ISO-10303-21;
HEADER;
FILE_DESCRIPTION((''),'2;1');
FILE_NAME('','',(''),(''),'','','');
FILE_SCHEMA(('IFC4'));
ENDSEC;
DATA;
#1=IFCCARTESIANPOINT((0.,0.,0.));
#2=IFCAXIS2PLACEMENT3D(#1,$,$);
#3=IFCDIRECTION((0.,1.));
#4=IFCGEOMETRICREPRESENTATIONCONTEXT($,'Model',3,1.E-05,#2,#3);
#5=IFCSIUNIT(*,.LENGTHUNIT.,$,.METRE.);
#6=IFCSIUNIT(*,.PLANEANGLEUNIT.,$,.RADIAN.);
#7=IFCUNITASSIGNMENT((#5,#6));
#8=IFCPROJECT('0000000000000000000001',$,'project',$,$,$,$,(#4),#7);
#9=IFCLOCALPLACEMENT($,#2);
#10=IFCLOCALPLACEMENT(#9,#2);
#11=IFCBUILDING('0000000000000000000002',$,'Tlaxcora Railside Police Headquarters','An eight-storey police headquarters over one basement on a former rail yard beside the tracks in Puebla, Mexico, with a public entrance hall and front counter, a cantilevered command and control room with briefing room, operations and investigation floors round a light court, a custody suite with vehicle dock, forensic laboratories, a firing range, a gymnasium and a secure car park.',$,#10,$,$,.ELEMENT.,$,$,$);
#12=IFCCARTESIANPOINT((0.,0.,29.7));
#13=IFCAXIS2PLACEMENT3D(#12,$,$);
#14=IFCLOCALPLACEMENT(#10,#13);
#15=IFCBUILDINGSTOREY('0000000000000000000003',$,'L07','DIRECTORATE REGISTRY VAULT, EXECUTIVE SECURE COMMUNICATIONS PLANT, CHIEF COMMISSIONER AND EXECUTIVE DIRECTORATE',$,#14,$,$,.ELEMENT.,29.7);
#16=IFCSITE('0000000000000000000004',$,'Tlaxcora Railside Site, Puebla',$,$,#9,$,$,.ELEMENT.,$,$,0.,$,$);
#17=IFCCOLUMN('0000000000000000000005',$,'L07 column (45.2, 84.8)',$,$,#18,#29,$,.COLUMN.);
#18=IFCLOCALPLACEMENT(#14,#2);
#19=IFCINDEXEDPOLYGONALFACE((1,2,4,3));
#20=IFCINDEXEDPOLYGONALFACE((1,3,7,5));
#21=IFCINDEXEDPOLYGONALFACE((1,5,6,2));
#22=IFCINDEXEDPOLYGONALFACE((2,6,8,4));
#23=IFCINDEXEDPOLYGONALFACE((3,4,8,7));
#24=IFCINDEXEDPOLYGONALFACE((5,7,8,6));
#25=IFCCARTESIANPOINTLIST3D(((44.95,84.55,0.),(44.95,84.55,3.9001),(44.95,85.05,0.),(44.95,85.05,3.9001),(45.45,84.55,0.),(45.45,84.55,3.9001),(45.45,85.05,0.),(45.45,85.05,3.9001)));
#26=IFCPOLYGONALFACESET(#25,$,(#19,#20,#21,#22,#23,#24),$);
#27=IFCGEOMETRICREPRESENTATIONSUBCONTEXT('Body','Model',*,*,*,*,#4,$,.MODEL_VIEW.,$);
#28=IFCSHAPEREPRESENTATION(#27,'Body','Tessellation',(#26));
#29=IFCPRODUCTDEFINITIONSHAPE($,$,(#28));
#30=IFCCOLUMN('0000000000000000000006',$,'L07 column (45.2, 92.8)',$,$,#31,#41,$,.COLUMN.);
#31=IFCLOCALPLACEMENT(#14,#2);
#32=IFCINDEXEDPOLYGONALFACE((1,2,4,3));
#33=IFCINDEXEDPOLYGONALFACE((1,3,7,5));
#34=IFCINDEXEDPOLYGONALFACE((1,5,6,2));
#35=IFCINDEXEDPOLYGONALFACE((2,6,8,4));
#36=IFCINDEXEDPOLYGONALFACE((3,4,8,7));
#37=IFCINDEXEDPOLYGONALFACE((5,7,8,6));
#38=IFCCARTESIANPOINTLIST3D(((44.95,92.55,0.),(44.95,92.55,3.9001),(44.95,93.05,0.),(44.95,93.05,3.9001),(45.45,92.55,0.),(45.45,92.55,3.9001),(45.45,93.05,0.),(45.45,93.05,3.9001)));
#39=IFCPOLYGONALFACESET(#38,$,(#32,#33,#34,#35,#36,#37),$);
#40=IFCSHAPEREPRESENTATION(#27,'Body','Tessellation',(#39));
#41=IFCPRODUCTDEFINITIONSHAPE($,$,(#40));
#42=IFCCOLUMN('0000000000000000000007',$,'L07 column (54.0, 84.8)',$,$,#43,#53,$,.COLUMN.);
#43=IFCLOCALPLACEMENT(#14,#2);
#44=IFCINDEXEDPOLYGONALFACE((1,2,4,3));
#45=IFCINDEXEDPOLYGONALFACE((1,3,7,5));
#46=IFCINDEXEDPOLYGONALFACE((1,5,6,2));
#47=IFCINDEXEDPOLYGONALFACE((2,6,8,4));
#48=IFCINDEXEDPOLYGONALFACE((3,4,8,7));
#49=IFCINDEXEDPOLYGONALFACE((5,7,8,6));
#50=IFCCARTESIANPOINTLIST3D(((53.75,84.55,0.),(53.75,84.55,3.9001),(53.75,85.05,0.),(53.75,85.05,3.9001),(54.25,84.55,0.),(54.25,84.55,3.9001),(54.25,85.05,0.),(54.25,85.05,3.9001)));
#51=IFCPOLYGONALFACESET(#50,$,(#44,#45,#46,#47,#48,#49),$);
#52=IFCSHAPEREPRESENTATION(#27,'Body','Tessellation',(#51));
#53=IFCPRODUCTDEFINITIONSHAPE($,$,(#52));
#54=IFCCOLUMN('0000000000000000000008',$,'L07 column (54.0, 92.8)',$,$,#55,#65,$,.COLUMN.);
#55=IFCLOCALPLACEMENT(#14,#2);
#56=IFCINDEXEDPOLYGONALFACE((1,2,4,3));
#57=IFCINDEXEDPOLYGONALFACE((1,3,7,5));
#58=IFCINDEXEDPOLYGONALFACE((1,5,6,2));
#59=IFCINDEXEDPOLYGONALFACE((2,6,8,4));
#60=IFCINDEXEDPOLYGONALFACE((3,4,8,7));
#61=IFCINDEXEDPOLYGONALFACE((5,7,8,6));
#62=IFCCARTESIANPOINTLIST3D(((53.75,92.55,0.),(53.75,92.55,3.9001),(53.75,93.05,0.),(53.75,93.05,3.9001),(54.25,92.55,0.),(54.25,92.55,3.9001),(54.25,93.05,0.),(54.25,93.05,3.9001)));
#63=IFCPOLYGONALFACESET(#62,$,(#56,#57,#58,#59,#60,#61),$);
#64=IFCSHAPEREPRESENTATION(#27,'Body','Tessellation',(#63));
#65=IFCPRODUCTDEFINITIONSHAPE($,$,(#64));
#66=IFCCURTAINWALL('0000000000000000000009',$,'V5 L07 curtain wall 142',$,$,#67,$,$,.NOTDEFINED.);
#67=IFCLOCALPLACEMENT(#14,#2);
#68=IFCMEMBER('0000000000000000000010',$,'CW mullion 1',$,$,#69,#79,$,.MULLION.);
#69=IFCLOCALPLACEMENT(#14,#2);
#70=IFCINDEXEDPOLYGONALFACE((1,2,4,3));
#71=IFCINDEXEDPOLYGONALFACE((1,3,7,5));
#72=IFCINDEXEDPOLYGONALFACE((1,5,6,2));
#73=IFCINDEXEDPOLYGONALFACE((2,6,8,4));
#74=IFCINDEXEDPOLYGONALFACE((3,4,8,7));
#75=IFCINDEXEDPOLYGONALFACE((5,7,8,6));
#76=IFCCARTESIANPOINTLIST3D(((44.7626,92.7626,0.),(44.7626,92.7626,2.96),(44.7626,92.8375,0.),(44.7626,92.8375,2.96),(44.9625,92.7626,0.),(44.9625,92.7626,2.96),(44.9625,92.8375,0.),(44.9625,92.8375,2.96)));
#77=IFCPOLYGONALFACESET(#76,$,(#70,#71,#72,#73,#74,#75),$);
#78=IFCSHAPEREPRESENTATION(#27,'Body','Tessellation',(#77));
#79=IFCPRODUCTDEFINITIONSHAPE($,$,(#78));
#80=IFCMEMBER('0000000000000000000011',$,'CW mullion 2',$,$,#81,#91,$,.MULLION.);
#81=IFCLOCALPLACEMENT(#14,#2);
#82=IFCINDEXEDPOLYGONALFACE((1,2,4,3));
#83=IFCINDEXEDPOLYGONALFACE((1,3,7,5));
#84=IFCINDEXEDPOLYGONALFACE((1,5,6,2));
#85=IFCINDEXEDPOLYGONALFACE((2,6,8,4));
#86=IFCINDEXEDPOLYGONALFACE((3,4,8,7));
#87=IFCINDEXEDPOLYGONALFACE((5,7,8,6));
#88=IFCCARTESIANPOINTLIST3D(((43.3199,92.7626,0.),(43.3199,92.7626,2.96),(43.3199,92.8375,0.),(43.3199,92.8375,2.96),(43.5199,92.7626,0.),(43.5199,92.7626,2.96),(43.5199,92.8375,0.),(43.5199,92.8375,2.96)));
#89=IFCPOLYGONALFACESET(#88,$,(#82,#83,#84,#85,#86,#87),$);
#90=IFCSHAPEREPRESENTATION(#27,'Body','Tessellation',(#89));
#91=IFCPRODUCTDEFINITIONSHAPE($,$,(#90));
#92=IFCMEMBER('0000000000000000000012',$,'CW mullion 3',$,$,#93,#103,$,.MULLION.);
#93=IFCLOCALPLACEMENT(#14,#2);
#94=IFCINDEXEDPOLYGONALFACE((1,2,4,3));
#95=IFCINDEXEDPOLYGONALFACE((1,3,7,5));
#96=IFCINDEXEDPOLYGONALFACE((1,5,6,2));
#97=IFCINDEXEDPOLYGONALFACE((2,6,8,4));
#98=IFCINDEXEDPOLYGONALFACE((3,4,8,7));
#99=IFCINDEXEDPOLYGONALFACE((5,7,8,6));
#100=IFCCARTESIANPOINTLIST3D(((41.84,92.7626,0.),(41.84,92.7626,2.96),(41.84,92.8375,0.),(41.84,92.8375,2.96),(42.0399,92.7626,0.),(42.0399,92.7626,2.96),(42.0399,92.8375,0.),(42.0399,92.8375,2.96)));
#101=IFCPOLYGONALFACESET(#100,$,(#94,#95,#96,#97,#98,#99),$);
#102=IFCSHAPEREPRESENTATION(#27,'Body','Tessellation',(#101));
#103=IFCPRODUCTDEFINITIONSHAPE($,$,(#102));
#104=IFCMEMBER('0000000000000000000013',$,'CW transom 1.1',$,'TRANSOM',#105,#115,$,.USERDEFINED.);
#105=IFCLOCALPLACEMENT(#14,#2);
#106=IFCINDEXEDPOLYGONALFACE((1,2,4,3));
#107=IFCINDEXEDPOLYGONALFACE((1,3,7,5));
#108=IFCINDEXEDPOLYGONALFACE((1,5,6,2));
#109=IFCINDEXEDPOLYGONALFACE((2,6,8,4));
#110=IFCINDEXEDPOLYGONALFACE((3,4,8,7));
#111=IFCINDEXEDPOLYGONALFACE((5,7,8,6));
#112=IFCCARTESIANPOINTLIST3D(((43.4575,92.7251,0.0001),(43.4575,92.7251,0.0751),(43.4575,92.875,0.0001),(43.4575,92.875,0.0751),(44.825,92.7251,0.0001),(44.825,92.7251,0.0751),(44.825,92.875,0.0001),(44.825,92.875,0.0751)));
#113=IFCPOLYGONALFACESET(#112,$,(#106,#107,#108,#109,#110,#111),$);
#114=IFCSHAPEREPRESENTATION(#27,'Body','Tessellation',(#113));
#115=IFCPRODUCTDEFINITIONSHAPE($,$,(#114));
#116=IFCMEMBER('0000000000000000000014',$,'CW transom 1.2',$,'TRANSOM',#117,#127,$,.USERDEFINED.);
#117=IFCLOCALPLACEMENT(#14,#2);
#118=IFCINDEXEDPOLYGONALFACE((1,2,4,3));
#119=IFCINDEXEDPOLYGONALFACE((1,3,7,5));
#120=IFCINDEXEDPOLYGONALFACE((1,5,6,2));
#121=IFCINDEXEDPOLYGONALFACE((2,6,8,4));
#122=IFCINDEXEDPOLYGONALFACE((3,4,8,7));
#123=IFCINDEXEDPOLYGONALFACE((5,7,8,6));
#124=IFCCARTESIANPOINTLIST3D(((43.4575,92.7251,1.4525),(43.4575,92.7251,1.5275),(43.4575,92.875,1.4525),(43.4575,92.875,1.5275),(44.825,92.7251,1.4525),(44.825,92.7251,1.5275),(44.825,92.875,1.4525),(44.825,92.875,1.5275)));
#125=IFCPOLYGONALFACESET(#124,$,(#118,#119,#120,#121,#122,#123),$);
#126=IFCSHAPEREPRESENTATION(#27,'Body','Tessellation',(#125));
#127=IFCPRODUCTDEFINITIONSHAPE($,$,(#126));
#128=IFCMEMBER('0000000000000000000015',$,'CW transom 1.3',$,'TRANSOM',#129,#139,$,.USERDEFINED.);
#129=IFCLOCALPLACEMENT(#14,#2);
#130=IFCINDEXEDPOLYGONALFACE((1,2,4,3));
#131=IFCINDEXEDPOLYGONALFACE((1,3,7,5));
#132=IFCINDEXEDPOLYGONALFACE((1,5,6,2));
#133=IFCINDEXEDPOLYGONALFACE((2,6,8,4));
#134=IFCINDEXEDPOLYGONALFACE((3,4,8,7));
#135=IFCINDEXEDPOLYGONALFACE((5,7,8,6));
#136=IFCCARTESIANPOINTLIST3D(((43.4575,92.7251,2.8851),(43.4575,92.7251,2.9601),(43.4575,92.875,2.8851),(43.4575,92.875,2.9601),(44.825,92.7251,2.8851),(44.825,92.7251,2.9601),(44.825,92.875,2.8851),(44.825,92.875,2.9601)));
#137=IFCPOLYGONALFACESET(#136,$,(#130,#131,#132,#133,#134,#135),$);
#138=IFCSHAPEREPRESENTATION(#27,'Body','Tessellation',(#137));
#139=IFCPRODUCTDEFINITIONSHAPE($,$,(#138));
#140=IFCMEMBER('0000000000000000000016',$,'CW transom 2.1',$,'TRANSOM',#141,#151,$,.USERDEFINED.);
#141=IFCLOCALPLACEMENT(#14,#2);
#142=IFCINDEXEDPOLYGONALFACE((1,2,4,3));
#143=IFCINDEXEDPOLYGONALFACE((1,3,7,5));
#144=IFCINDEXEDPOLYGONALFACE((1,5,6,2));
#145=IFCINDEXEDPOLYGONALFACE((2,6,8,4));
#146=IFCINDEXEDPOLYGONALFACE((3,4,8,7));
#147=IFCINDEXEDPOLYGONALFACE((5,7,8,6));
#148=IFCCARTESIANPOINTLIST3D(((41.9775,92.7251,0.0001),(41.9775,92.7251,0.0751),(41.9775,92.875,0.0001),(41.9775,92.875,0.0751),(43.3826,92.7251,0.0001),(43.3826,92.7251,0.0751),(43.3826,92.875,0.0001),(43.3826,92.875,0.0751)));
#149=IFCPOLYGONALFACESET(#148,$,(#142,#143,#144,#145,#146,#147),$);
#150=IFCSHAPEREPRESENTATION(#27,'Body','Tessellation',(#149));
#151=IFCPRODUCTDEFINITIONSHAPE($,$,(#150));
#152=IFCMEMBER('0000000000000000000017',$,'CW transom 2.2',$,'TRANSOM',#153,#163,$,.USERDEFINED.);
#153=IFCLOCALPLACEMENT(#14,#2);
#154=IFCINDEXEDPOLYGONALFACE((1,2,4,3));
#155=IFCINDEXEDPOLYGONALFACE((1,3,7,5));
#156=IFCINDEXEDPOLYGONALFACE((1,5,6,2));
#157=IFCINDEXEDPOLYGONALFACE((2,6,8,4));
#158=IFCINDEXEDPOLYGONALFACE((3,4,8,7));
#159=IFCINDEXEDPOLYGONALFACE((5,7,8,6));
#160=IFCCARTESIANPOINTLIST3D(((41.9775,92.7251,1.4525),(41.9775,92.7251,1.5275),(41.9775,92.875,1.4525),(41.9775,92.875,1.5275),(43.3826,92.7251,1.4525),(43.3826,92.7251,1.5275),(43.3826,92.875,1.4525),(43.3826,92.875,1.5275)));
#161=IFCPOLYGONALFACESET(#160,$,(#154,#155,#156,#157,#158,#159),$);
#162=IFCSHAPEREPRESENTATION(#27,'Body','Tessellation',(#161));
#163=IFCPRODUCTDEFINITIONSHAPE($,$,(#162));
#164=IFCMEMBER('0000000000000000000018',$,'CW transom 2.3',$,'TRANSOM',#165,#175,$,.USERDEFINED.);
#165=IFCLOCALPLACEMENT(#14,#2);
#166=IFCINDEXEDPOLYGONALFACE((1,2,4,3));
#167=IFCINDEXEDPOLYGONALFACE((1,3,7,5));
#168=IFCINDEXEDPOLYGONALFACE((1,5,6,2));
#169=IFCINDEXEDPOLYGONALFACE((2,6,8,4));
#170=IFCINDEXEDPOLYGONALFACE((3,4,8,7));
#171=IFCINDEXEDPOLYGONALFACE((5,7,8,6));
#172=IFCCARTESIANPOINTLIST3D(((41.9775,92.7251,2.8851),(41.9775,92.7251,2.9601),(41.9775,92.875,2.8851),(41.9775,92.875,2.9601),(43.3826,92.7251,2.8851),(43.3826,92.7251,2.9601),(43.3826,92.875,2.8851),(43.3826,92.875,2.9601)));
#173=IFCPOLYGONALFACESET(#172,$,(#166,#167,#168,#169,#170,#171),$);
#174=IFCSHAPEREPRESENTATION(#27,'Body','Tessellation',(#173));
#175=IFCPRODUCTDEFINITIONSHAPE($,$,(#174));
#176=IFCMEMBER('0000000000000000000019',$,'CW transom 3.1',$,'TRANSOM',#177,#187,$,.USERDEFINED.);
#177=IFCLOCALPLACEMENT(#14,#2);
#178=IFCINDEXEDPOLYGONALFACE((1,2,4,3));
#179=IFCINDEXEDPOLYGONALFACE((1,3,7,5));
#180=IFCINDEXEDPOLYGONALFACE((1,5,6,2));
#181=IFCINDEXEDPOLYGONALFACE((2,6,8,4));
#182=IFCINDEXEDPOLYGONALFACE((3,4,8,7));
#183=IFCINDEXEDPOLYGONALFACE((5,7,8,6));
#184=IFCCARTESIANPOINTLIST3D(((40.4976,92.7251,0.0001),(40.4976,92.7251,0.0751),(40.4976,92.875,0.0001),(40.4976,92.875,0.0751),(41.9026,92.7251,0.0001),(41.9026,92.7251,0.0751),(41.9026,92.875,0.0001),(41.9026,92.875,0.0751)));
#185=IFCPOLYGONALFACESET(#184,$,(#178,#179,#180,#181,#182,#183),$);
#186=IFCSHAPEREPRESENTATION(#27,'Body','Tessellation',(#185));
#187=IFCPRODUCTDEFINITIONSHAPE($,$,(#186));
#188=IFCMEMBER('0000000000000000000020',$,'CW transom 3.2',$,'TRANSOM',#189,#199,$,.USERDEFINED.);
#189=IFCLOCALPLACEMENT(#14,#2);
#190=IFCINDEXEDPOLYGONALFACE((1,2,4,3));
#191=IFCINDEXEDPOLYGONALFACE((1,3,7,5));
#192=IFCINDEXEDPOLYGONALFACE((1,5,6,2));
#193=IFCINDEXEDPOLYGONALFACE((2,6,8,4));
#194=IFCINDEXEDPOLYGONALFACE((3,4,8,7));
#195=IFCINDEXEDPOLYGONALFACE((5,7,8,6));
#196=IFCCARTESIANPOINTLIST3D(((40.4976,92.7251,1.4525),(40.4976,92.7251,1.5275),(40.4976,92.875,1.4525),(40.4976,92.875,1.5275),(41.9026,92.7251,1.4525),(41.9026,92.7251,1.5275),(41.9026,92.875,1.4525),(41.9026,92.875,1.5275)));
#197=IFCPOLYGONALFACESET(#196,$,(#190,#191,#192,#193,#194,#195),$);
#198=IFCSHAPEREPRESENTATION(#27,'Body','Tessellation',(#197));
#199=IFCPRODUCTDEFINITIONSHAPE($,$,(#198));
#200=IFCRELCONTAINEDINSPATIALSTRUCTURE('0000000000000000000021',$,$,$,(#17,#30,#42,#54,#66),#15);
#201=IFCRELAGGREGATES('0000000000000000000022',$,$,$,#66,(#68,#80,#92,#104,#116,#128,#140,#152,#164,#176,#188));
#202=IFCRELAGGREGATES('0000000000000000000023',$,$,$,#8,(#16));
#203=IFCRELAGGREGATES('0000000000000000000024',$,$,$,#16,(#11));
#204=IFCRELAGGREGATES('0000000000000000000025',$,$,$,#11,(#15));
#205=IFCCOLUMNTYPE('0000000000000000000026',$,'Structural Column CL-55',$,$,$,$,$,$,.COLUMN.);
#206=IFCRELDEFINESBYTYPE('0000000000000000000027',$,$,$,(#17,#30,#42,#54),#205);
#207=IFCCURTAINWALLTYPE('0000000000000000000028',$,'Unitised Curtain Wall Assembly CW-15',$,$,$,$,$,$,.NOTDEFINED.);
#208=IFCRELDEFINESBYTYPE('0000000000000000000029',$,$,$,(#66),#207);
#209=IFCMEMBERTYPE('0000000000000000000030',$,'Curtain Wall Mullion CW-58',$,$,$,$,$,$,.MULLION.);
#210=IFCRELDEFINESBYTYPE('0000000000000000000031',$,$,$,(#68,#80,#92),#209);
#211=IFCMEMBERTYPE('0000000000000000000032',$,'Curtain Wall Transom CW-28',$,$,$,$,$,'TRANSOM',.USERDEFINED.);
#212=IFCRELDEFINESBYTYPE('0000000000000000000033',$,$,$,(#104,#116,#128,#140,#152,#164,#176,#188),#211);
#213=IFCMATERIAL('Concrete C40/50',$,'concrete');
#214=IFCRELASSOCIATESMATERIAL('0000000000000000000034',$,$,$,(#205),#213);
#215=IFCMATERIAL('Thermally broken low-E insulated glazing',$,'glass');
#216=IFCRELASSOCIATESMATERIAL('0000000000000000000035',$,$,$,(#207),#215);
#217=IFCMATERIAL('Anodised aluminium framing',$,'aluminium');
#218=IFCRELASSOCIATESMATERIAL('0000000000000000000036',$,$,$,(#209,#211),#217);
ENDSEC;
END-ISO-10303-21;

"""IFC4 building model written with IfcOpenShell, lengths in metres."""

from ifc_helpers import new_model, si_unit, direction, frame, origin, origin_2d, place, context, subcontext, project, spatial, rectangle, extrude, material, material_profile, profile_set, type_object, element, aggregate, save


model = new_model("IFC4")

# Units and contexts
model_context = context("Model", 3, precision=1e-05, world=origin(), true_north=direction((0.0, 1.0)))
body_context = subcontext(model_context, "Body", "Model", "MODEL_VIEW")
ifc_project = project(units=[si_unit("LENGTHUNIT", "METRE"), si_unit("PLANEANGLEUNIT", "RADIAN")], contexts=[model_context])

# Site, building, storey
site_placement = place(None, origin())
site = spatial("IfcSite", under=ifc_project, at=site_placement, Name="Tlaxcora Railside Site, Puebla", CompositionType="ELEMENT", RefElevation=0.0)
building_placement = place(site_placement, origin())
building = spatial("IfcBuilding", under=site, at=building_placement, Name="Tlaxcora Railside Police Headquarters", Description="An eight-storey police headquarters over one basement on a former rail yard beside the tracks in Puebla, Mexico, with a public entrance hall and front counter, a cantilevered command and control room with briefing room, operations and investigation floors round a light court, a custody suite with vehicle dock, forensic laboratories, a firing range, a gymnasium and a secure car park.", CompositionType="ELEMENT")
storey_placement = place(building_placement, frame((0.0, 0.0, 29.7)))
storey = spatial("IfcBuildingStorey", under=building, at=storey_placement, Name="L07", Description="DIRECTORATE REGISTRY VAULT, EXECUTIVE SECURE COMMUNICATIONS PLANT, CHIEF COMMISSIONER AND EXECUTIVE DIRECTORATE", CompositionType="ELEMENT", Elevation=29.7)

# Columns
ifc_material_1 = material(Name="Concrete C40/50", Category="concrete")
ifc_material_profile_1 = material_profile(ifc_material_1, rectangle(XDim=0.5, YDim=0.5, at=origin_2d()), Name="RC500X500")
ifc_profile_set_1 = profile_set([ifc_material_profile_1], Name="Concrete C40/50")
column_type = type_object("IfcColumnType", Name="Structural Column CL-55", PredefinedType="COLUMN", material=ifc_profile_set_1)
for number, where, z_axis, x_axis, name in (
    (1, (45.2, 84.8, 0.0), (0.0, 0.0, 1.0), (1.0, 0.0, 0.0), "L07 column (45.2, 84.8)"),
    (2, (45.2, 92.8, 0.0), (0.0, 0.0, 1.0), (1.0, 0.0, 0.0), "L07 column (45.2, 92.8)"),
    (3, (54.0, 84.8, 0.0), (0.0, 0.0, 1.0), (1.0, 0.0, 0.0), "L07 column (54.0, 84.8)"),
    (4, (54.0, 92.8, 0.0), (0.0, 0.0, 1.0), (1.0, 0.0, 0.0), "L07 column (54.0, 92.8)"),
):
    element("IfcColumn", number, at=place(storey_placement, frame(where, z_axis=z_axis, x_axis=x_axis)), inside=storey, type_object=column_type, Name=name, PredefinedType="COLUMN", context=body_context, shape_type="SweptSolid", body=[
        extrude(rectangle(XDim=0.5, YDim=0.5, at=origin_2d()), origin(), (0.0, 0.0, 1.0), 3.9001),
    ])

# Curtain wall, members
ifc_material_2 = material(Name="Thermally broken low-E insulated glazing", Category="glass")
curtain_wall_type = type_object("IfcCurtainWallType", Name="Unitised Curtain Wall Assembly CW-15", PredefinedType="NOTDEFINED", material=ifc_material_2)
curtain_wall_placement = place(storey_placement, origin())
curtain_wall = element("IfcCurtainWall", 5, at=curtain_wall_placement, inside=storey, type_object=curtain_wall_type, Name="V5 L07 curtain wall 142", PredefinedType="NOTDEFINED")
ifc_material_3 = material(Name="Anodised aluminium framing", Category="aluminium")
ifc_material_profile_2 = material_profile(ifc_material_3, rectangle(XDim=0.075, YDim=0.2, at=origin_2d()), Name="AL75X200")
ifc_profile_set_2 = profile_set([ifc_material_profile_2], Name="Anodised aluminium framing")
member_type_1 = type_object("IfcMemberType", Name="Curtain Wall Mullion CW-58", PredefinedType="MULLION", material=ifc_profile_set_2)
member_1_placement = place(storey_placement, frame((44.8625, 92.8, 0.0), z_axis=(0.0, 0.0, 1.0), x_axis=(0.0, -1.0, 0.0)))
member_1 = element("IfcMember", 6, at=member_1_placement, type_object=member_type_1, Name="CW mullion 1", PredefinedType="MULLION", context=body_context, shape_type="SweptSolid", body=[
    extrude(rectangle(XDim=0.075, YDim=0.2, at=origin_2d()), origin(), (0.0, 0.0, 1.0), 2.96),
])
member_2_placement = place(storey_placement, frame((43.4199, 92.8, 0.0), z_axis=(0.0, 0.0, 1.0), x_axis=(0.0, -1.0, 0.0)))
member_2 = element("IfcMember", 7, at=member_2_placement, type_object=member_type_1, Name="CW mullion 2", PredefinedType="MULLION", context=body_context, shape_type="SweptSolid", body=[
    extrude(rectangle(XDim=0.075, YDim=0.2, at=origin_2d()), origin(), (0.0, 0.0, 1.0), 2.96),
])
member_3_placement = place(storey_placement, frame((41.9399, 92.8, 0.0), z_axis=(0.0, 0.0, 1.0), x_axis=(0.0, -1.0, 0.0)))
member_3 = element("IfcMember", 8, at=member_3_placement, type_object=member_type_1, Name="CW mullion 3", PredefinedType="MULLION", context=body_context, shape_type="SweptSolid", body=[
    extrude(rectangle(XDim=0.075, YDim=0.2, at=origin_2d()), origin(), (0.0, 0.0, 1.0), 2.96),
])
ifc_material_profile_3 = material_profile(ifc_material_3, rectangle(XDim=0.1499, YDim=0.075, at=origin_2d()), Name="AL75X150")
ifc_profile_set_3 = profile_set([ifc_material_profile_3], Name="Anodised aluminium framing")
member_type_2 = type_object("IfcMemberType", Name="Curtain Wall Transom CW-28", ElementType="TRANSOM", PredefinedType="USERDEFINED", material=ifc_profile_set_3)
member_4_placement = place(storey_placement, frame((44.825, 92.8, 0.0376), z_axis=(-1.0, 0.0, 0.0), x_axis=(0.0, -1.0, 0.0)))
member_4 = element("IfcMember", 9, at=member_4_placement, type_object=member_type_2, Name="CW transom 1.1", ObjectType="TRANSOM", PredefinedType="USERDEFINED", context=body_context, shape_type="SweptSolid", body=[
    extrude(rectangle(XDim=0.1499, YDim=0.075, at=origin_2d()), origin(), (0.0, 0.0, 1.0), 1.3674),
])
member_5_placement = place(storey_placement, frame((44.825, 92.8, 1.49), z_axis=(-1.0, 0.0, 0.0), x_axis=(0.0, -1.0, 0.0)))
member_5 = element("IfcMember", 10, at=member_5_placement, type_object=member_type_2, Name="CW transom 1.2", ObjectType="TRANSOM", PredefinedType="USERDEFINED", context=body_context, shape_type="SweptSolid", body=[
    extrude(rectangle(XDim=0.1499, YDim=0.075, at=origin_2d()), origin(), (0.0, 0.0, 1.0), 1.3674),
])
member_6_placement = place(storey_placement, frame((44.825, 92.8, 2.9226), z_axis=(-1.0, 0.0, 0.0), x_axis=(0.0, -1.0, 0.0)))
member_6 = element("IfcMember", 11, at=member_6_placement, type_object=member_type_2, Name="CW transom 1.3", ObjectType="TRANSOM", PredefinedType="USERDEFINED", context=body_context, shape_type="SweptSolid", body=[
    extrude(rectangle(XDim=0.1499, YDim=0.075, at=origin_2d()), origin(), (0.0, 0.0, 1.0), 1.3674),
])
member_7_placement = place(storey_placement, frame((43.3826, 92.8, 0.0376), z_axis=(-1.0, 0.0, 0.0), x_axis=(0.0, -1.0, 0.0)))
member_7 = element("IfcMember", 12, at=member_7_placement, type_object=member_type_2, Name="CW transom 2.1", ObjectType="TRANSOM", PredefinedType="USERDEFINED", context=body_context, shape_type="SweptSolid", body=[
    extrude(rectangle(XDim=0.1499, YDim=0.075, at=origin_2d()), origin(), (0.0, 0.0, 1.0), 1.405),
])
member_8_placement = place(storey_placement, frame((43.3826, 92.8, 1.49), z_axis=(-1.0, 0.0, 0.0), x_axis=(0.0, -1.0, 0.0)))
member_8 = element("IfcMember", 13, at=member_8_placement, type_object=member_type_2, Name="CW transom 2.2", ObjectType="TRANSOM", PredefinedType="USERDEFINED", context=body_context, shape_type="SweptSolid", body=[
    extrude(rectangle(XDim=0.1499, YDim=0.075, at=origin_2d()), origin(), (0.0, 0.0, 1.0), 1.405),
])
member_9_placement = place(storey_placement, frame((43.3826, 92.8, 2.9226), z_axis=(-1.0, 0.0, 0.0), x_axis=(0.0, -1.0, 0.0)))
member_9 = element("IfcMember", 14, at=member_9_placement, type_object=member_type_2, Name="CW transom 2.3", ObjectType="TRANSOM", PredefinedType="USERDEFINED", context=body_context, shape_type="SweptSolid", body=[
    extrude(rectangle(XDim=0.1499, YDim=0.075, at=origin_2d()), origin(), (0.0, 0.0, 1.0), 1.405),
])
member_10_placement = place(storey_placement, frame((41.9026, 92.8, 0.0376), z_axis=(-1.0, 0.0, 0.0), x_axis=(0.0, -1.0, 0.0)))
member_10 = element("IfcMember", 15, at=member_10_placement, type_object=member_type_2, Name="CW transom 3.1", ObjectType="TRANSOM", PredefinedType="USERDEFINED", context=body_context, shape_type="SweptSolid", body=[
    extrude(rectangle(XDim=0.1499, YDim=0.075, at=origin_2d()), origin(), (0.0, 0.0, 1.0), 1.405),
])
member_11_placement = place(storey_placement, frame((41.9026, 92.8, 1.49), z_axis=(-1.0, 0.0, 0.0), x_axis=(0.0, -1.0, 0.0)))
member_11 = element("IfcMember", 16, at=member_11_placement, type_object=member_type_2, Name="CW transom 3.2", ObjectType="TRANSOM", PredefinedType="USERDEFINED", context=body_context, shape_type="SweptSolid", body=[
    extrude(rectangle(XDim=0.1499, YDim=0.075, at=origin_2d()), origin(), (0.0, 0.0, 1.0), 1.405),
])

aggregate(curtain_wall, [member_1, member_2, member_3, member_4, member_5, member_6, member_7, member_8, member_9, member_10, member_11])

save(model, "model.ifc")
